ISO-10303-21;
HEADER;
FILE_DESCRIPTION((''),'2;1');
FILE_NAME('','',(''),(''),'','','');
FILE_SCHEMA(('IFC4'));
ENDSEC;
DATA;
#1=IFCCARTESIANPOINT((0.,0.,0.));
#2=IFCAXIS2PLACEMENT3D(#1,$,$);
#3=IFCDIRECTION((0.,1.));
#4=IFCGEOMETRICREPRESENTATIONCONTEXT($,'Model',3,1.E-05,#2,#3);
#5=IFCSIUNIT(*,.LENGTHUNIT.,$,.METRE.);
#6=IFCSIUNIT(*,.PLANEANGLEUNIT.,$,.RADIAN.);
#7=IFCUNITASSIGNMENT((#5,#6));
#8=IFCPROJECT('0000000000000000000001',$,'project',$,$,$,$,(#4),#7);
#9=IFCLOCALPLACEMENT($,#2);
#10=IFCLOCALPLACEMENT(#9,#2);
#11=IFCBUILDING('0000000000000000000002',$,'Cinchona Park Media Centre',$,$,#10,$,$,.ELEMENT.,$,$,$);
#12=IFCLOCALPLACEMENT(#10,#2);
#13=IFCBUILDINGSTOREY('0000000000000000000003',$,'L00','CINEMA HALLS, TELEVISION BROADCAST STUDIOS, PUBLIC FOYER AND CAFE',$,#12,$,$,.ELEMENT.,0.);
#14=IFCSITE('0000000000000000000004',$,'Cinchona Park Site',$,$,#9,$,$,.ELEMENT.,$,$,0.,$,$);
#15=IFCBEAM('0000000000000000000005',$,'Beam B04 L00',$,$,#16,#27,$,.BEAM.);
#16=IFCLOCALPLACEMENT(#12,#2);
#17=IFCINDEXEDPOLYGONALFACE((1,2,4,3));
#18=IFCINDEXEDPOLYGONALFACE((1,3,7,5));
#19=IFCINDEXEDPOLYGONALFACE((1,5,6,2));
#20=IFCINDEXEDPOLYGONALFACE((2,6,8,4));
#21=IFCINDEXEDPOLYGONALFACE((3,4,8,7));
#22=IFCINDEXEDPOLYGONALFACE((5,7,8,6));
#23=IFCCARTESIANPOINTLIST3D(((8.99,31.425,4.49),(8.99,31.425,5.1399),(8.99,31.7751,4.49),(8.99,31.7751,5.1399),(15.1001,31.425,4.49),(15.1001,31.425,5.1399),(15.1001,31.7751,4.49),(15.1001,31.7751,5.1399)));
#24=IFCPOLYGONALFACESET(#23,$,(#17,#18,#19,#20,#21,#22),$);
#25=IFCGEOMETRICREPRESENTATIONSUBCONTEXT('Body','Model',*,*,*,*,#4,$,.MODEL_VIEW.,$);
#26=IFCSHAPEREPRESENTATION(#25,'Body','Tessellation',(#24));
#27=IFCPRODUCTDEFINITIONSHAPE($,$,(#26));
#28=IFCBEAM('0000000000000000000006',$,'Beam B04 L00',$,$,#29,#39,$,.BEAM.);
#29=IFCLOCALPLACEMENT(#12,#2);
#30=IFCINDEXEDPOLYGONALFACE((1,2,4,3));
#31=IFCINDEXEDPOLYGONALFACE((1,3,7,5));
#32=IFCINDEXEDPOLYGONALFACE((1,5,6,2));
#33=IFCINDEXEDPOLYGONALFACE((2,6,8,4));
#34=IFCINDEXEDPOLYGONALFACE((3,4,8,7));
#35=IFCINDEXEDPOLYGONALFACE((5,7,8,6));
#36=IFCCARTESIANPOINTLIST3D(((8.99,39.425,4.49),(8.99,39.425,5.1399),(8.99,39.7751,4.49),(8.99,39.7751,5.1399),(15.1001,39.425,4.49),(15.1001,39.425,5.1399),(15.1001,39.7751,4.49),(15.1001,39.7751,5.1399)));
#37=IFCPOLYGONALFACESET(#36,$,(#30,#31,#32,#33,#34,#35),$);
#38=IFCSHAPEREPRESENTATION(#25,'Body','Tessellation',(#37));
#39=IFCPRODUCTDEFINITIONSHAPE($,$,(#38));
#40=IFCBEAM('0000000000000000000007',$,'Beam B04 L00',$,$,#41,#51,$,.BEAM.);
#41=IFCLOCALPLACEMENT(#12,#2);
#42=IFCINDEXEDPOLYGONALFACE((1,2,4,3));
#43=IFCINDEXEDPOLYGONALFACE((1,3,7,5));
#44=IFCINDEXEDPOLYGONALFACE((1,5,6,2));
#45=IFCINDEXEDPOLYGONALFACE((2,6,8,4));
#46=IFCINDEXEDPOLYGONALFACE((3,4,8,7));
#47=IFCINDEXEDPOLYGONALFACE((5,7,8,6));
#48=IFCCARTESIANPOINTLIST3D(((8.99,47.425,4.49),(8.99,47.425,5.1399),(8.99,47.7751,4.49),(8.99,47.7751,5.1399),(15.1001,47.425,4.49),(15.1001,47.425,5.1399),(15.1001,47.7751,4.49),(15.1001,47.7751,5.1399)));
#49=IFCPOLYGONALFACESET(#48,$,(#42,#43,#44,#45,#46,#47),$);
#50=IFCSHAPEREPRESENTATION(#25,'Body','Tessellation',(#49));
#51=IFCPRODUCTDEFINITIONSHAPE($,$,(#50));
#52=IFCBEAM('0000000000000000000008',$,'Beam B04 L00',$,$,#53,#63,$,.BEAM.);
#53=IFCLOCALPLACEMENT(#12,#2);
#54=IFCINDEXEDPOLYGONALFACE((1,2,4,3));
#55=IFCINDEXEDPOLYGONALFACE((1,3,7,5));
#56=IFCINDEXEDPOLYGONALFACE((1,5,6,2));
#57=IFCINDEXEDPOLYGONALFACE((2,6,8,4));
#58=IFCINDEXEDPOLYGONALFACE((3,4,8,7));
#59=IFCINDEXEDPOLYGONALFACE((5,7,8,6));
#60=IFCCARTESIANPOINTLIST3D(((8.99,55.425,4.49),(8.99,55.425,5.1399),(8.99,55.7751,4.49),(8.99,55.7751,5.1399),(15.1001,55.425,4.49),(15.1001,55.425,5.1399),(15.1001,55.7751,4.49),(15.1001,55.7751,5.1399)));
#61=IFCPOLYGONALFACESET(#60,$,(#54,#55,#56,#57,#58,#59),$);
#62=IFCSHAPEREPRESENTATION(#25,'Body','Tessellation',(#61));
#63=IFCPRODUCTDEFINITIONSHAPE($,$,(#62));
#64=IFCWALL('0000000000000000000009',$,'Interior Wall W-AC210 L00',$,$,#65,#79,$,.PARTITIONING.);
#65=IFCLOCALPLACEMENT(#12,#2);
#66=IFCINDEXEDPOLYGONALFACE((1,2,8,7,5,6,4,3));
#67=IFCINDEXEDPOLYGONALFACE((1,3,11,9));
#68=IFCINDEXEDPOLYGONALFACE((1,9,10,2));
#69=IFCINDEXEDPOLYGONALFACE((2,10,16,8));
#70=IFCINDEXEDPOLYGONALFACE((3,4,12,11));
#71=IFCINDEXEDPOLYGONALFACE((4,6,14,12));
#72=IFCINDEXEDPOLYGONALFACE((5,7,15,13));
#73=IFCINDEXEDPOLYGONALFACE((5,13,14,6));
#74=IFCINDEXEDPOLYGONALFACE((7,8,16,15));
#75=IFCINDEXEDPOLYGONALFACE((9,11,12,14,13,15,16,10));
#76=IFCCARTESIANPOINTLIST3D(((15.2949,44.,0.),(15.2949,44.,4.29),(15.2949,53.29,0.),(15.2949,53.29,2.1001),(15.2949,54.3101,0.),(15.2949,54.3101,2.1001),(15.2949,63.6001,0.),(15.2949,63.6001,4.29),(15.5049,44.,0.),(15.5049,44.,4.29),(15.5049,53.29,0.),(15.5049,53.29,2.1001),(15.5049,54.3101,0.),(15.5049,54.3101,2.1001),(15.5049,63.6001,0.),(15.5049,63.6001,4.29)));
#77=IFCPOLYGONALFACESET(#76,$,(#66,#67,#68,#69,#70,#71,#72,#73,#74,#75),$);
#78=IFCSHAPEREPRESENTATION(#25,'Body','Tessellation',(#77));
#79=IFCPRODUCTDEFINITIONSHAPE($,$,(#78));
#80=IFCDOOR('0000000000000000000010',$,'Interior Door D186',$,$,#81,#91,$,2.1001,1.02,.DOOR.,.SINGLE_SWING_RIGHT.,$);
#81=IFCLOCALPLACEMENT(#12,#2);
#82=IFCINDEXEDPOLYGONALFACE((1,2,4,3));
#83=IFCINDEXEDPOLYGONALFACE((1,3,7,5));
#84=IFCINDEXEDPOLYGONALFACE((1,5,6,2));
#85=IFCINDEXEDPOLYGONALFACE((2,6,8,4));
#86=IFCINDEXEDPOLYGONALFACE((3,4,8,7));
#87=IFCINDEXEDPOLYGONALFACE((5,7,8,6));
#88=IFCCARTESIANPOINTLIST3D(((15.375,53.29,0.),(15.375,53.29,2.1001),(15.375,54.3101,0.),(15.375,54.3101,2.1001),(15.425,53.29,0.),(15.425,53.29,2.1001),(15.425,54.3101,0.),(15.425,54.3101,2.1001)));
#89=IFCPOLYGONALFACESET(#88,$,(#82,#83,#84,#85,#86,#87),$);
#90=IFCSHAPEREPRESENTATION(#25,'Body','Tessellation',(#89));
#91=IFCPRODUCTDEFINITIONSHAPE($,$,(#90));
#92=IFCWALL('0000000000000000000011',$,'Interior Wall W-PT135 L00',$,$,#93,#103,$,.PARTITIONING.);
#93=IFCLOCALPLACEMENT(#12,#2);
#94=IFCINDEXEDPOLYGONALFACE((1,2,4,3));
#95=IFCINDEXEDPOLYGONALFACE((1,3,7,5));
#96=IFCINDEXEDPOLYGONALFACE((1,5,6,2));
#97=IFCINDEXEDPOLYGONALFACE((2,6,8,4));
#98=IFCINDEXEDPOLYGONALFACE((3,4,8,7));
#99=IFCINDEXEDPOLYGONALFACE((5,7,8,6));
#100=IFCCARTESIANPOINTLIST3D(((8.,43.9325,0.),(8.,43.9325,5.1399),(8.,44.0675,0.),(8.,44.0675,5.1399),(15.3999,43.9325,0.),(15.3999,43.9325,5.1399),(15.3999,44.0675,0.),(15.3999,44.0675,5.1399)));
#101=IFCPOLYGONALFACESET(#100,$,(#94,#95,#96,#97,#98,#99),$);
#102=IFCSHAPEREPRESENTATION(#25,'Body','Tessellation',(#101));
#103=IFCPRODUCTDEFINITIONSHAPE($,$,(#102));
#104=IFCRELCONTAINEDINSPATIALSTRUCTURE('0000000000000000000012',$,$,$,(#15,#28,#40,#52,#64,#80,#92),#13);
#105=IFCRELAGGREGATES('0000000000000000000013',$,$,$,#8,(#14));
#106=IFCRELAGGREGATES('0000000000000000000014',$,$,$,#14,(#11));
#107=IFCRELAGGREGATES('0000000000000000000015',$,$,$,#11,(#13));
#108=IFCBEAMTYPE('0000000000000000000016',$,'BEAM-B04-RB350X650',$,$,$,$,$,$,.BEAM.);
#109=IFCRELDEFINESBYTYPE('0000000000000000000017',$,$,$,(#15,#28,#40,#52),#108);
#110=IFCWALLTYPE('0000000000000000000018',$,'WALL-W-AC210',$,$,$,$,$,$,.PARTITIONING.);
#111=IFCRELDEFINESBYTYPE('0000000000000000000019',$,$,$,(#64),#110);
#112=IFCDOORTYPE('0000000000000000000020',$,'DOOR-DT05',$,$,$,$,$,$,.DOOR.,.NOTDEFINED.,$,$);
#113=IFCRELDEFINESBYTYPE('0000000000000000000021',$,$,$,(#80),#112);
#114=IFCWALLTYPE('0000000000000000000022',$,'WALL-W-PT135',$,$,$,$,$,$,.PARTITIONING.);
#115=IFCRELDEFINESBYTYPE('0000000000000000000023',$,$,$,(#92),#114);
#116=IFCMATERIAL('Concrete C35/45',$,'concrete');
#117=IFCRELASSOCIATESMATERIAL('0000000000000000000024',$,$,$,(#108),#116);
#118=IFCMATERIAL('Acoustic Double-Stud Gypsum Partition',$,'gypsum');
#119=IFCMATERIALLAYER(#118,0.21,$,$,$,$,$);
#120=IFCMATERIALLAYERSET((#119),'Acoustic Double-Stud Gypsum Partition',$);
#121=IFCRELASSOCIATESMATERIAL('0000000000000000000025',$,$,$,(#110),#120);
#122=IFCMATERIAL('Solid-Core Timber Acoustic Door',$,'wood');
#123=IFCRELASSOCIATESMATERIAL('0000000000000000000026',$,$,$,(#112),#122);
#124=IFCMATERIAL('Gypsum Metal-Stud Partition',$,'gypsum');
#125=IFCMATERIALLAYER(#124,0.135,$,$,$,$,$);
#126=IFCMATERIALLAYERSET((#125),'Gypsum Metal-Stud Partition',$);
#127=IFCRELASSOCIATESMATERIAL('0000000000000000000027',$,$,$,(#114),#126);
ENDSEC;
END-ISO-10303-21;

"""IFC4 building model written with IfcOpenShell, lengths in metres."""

from ifc_helpers import new_model, si_unit, direction, frame, frame_2d, origin, origin_2d, place, context, subcontext, project, spatial, rectangle, extrude, material, layer, layer_set, material_profile, profile_set, type_object, element, fill, save


model = new_model("IFC4")

# Units and contexts
model_context = context("Model", 3, precision=1e-05, world=origin(), true_north=direction((0.0, 1.0)))
body_context = subcontext(model_context, "Body", "Model", "MODEL_VIEW")
ifc_project = project(units=[si_unit("LENGTHUNIT", "METRE"), si_unit("PLANEANGLEUNIT", "RADIAN")], contexts=[model_context])

# Site, building, storey
site_placement = place(None, origin())
site = spatial("IfcSite", under=ifc_project, at=site_placement, Name="Cinchona Park Site", CompositionType="ELEMENT", RefElevation=0.0)
building_placement = place(site_placement, origin())
building = spatial("IfcBuilding", under=site, at=building_placement, Name="Cinchona Park Media Centre", CompositionType="ELEMENT")
storey_placement = place(building_placement, origin())
storey = spatial("IfcBuildingStorey", under=building, at=storey_placement, Name="L00", Description="CINEMA HALLS, TELEVISION BROADCAST STUDIOS, PUBLIC FOYER AND CAFE", CompositionType="ELEMENT", Elevation=0.0)

# Beams
ifc_material_1 = material(Name="Concrete C35/45", Category="concrete")
ifc_material_profile_1 = material_profile(ifc_material_1, rectangle(XDim=0.3501, YDim=0.6499, at=origin_2d()), Name="RB 350X650")
ifc_profile_set_1 = profile_set([ifc_material_profile_1], Name="Concrete C35/45")
beam_type_1 = type_object("IfcBeamType", Name="BEAM-B04-RB350X650", PredefinedType="BEAM", material=ifc_profile_set_1)
for number, where, z_axis, x_axis, name in (
    (1, (8.99, 31.6001, 4.8149), (1.0, 0.0, 0.0), (0.0, 1.0, 0.0), "Beam B04 L00"),
    (2, (8.99, 39.6001, 4.8149), (1.0, 0.0, 0.0), (0.0, 1.0, 0.0), "Beam B04 L00"),
    (3, (8.99, 47.6001, 4.8149), (1.0, 0.0, 0.0), (0.0, 1.0, 0.0), "Beam B04 L00"),
    (4, (8.99, 55.6001, 4.8149), (1.0, 0.0, 0.0), (0.0, 1.0, 0.0), "Beam B04 L00"),
):
    element("IfcBeam", number, at=place(storey_placement, frame(where, z_axis=z_axis, x_axis=x_axis)), inside=storey, type_object=beam_type_1, Name=name, PredefinedType="BEAM", context=body_context, shape_type="SweptSolid", body=[
        extrude(rectangle(XDim=0.3501, YDim=0.6499, at=origin_2d()), origin(), (0.0, 0.0, 1.0), 6.1101),
    ])

# Wall, opening, door
ifc_material_2 = material(Name="Acoustic Double-Stud Gypsum Partition", Category="gypsum")
ifc_layer_1 = layer(ifc_material_2, 0.21)
ifc_layer_set_1 = layer_set([ifc_layer_1], Name="Acoustic Double-Stud Gypsum Partition")
wall_type_1 = type_object("IfcWallType", Name="WALL-W-AC210", PredefinedType="PARTITIONING", material=ifc_layer_set_1)
wall_1_placement = place(storey_placement, frame((15.3999, 44.0, 0.0), z_axis=(0.0, 0.0, 1.0), x_axis=(0.0, 1.0, 0.0)))
wall_1 = element("IfcWall", 5, at=wall_1_placement, inside=storey, type_object=wall_type_1, Name="Interior Wall W-AC210 L00", PredefinedType="PARTITIONING", context=body_context, shape_type="SweptSolid", body=[
    extrude(rectangle(XDim=19.6001, YDim=0.21, at=frame_2d((9.8, 0.0))), origin(), (0.0, 0.0, 1.0), 4.29),
])
opening_placement = place(wall_1_placement, frame((9.29, 0.0, 0.0)))
opening = element("IfcOpeningElement", 6, at=opening_placement, cuts=wall_1, PredefinedType="OPENING", context=body_context, shape_type="SweptSolid", body=[
    extrude(rectangle(XDim=1.02, YDim=2.1001, at=frame_2d((0.51, 1.05))), frame((0.0, 0.115, 0.0), z_axis=(0.0, -1.0, 0.0), x_axis=(1.0, 0.0, 0.0)), (0.0, 0.0, 1.0), 0.23),
])
ifc_material_3 = material(Name="Solid-Core Timber Acoustic Door", Category="wood")
door_type = type_object("IfcDoorType", Name="DOOR-DT05", OperationType="NOTDEFINED", PredefinedType="DOOR", material=ifc_material_3)
door_placement = place(opening_placement, origin())
door = element("IfcDoor", 7, at=door_placement, inside=storey, type_object=door_type, Name="Interior Door D186", OperationType="SINGLE_SWING_RIGHT", OverallHeight=2.1001, OverallWidth=1.02, PredefinedType="DOOR", context=body_context, shape_type="SweptSolid", body=[
    extrude(rectangle(XDim=1.02, YDim=2.1001, at=frame_2d((0.51, 1.05))), frame((0.0, 0.0249, 0.0), z_axis=(0.0, -1.0, 0.0), x_axis=(1.0, 0.0, 0.0)), (0.0, 0.0, 1.0), 0.05),
])
fill(opening, door)

# Wall
ifc_material_4 = material(Name="Gypsum Metal-Stud Partition", Category="gypsum")
ifc_layer_2 = layer(ifc_material_4, 0.135)
ifc_layer_set_2 = layer_set([ifc_layer_2], Name="Gypsum Metal-Stud Partition")
wall_type_2 = type_object("IfcWallType", Name="WALL-W-PT135", PredefinedType="PARTITIONING", material=ifc_layer_set_2)
wall_2_placement = place(storey_placement, frame((8.0, 44.0, 0.0), z_axis=(0.0, 0.0, 1.0), x_axis=(1.0, 0.0, 0.0)))
element("IfcWall", 8, at=wall_2_placement, inside=storey, type_object=wall_type_2, Name="Interior Wall W-PT135 L00", PredefinedType="PARTITIONING", context=body_context, shape_type="SweptSolid", body=[
    extrude(rectangle(XDim=7.3999, YDim=0.135, at=frame_2d((3.7, 0.0))), origin(), (0.0, 0.0, 1.0), 5.1399),
])

save(model, "model.ifc")
